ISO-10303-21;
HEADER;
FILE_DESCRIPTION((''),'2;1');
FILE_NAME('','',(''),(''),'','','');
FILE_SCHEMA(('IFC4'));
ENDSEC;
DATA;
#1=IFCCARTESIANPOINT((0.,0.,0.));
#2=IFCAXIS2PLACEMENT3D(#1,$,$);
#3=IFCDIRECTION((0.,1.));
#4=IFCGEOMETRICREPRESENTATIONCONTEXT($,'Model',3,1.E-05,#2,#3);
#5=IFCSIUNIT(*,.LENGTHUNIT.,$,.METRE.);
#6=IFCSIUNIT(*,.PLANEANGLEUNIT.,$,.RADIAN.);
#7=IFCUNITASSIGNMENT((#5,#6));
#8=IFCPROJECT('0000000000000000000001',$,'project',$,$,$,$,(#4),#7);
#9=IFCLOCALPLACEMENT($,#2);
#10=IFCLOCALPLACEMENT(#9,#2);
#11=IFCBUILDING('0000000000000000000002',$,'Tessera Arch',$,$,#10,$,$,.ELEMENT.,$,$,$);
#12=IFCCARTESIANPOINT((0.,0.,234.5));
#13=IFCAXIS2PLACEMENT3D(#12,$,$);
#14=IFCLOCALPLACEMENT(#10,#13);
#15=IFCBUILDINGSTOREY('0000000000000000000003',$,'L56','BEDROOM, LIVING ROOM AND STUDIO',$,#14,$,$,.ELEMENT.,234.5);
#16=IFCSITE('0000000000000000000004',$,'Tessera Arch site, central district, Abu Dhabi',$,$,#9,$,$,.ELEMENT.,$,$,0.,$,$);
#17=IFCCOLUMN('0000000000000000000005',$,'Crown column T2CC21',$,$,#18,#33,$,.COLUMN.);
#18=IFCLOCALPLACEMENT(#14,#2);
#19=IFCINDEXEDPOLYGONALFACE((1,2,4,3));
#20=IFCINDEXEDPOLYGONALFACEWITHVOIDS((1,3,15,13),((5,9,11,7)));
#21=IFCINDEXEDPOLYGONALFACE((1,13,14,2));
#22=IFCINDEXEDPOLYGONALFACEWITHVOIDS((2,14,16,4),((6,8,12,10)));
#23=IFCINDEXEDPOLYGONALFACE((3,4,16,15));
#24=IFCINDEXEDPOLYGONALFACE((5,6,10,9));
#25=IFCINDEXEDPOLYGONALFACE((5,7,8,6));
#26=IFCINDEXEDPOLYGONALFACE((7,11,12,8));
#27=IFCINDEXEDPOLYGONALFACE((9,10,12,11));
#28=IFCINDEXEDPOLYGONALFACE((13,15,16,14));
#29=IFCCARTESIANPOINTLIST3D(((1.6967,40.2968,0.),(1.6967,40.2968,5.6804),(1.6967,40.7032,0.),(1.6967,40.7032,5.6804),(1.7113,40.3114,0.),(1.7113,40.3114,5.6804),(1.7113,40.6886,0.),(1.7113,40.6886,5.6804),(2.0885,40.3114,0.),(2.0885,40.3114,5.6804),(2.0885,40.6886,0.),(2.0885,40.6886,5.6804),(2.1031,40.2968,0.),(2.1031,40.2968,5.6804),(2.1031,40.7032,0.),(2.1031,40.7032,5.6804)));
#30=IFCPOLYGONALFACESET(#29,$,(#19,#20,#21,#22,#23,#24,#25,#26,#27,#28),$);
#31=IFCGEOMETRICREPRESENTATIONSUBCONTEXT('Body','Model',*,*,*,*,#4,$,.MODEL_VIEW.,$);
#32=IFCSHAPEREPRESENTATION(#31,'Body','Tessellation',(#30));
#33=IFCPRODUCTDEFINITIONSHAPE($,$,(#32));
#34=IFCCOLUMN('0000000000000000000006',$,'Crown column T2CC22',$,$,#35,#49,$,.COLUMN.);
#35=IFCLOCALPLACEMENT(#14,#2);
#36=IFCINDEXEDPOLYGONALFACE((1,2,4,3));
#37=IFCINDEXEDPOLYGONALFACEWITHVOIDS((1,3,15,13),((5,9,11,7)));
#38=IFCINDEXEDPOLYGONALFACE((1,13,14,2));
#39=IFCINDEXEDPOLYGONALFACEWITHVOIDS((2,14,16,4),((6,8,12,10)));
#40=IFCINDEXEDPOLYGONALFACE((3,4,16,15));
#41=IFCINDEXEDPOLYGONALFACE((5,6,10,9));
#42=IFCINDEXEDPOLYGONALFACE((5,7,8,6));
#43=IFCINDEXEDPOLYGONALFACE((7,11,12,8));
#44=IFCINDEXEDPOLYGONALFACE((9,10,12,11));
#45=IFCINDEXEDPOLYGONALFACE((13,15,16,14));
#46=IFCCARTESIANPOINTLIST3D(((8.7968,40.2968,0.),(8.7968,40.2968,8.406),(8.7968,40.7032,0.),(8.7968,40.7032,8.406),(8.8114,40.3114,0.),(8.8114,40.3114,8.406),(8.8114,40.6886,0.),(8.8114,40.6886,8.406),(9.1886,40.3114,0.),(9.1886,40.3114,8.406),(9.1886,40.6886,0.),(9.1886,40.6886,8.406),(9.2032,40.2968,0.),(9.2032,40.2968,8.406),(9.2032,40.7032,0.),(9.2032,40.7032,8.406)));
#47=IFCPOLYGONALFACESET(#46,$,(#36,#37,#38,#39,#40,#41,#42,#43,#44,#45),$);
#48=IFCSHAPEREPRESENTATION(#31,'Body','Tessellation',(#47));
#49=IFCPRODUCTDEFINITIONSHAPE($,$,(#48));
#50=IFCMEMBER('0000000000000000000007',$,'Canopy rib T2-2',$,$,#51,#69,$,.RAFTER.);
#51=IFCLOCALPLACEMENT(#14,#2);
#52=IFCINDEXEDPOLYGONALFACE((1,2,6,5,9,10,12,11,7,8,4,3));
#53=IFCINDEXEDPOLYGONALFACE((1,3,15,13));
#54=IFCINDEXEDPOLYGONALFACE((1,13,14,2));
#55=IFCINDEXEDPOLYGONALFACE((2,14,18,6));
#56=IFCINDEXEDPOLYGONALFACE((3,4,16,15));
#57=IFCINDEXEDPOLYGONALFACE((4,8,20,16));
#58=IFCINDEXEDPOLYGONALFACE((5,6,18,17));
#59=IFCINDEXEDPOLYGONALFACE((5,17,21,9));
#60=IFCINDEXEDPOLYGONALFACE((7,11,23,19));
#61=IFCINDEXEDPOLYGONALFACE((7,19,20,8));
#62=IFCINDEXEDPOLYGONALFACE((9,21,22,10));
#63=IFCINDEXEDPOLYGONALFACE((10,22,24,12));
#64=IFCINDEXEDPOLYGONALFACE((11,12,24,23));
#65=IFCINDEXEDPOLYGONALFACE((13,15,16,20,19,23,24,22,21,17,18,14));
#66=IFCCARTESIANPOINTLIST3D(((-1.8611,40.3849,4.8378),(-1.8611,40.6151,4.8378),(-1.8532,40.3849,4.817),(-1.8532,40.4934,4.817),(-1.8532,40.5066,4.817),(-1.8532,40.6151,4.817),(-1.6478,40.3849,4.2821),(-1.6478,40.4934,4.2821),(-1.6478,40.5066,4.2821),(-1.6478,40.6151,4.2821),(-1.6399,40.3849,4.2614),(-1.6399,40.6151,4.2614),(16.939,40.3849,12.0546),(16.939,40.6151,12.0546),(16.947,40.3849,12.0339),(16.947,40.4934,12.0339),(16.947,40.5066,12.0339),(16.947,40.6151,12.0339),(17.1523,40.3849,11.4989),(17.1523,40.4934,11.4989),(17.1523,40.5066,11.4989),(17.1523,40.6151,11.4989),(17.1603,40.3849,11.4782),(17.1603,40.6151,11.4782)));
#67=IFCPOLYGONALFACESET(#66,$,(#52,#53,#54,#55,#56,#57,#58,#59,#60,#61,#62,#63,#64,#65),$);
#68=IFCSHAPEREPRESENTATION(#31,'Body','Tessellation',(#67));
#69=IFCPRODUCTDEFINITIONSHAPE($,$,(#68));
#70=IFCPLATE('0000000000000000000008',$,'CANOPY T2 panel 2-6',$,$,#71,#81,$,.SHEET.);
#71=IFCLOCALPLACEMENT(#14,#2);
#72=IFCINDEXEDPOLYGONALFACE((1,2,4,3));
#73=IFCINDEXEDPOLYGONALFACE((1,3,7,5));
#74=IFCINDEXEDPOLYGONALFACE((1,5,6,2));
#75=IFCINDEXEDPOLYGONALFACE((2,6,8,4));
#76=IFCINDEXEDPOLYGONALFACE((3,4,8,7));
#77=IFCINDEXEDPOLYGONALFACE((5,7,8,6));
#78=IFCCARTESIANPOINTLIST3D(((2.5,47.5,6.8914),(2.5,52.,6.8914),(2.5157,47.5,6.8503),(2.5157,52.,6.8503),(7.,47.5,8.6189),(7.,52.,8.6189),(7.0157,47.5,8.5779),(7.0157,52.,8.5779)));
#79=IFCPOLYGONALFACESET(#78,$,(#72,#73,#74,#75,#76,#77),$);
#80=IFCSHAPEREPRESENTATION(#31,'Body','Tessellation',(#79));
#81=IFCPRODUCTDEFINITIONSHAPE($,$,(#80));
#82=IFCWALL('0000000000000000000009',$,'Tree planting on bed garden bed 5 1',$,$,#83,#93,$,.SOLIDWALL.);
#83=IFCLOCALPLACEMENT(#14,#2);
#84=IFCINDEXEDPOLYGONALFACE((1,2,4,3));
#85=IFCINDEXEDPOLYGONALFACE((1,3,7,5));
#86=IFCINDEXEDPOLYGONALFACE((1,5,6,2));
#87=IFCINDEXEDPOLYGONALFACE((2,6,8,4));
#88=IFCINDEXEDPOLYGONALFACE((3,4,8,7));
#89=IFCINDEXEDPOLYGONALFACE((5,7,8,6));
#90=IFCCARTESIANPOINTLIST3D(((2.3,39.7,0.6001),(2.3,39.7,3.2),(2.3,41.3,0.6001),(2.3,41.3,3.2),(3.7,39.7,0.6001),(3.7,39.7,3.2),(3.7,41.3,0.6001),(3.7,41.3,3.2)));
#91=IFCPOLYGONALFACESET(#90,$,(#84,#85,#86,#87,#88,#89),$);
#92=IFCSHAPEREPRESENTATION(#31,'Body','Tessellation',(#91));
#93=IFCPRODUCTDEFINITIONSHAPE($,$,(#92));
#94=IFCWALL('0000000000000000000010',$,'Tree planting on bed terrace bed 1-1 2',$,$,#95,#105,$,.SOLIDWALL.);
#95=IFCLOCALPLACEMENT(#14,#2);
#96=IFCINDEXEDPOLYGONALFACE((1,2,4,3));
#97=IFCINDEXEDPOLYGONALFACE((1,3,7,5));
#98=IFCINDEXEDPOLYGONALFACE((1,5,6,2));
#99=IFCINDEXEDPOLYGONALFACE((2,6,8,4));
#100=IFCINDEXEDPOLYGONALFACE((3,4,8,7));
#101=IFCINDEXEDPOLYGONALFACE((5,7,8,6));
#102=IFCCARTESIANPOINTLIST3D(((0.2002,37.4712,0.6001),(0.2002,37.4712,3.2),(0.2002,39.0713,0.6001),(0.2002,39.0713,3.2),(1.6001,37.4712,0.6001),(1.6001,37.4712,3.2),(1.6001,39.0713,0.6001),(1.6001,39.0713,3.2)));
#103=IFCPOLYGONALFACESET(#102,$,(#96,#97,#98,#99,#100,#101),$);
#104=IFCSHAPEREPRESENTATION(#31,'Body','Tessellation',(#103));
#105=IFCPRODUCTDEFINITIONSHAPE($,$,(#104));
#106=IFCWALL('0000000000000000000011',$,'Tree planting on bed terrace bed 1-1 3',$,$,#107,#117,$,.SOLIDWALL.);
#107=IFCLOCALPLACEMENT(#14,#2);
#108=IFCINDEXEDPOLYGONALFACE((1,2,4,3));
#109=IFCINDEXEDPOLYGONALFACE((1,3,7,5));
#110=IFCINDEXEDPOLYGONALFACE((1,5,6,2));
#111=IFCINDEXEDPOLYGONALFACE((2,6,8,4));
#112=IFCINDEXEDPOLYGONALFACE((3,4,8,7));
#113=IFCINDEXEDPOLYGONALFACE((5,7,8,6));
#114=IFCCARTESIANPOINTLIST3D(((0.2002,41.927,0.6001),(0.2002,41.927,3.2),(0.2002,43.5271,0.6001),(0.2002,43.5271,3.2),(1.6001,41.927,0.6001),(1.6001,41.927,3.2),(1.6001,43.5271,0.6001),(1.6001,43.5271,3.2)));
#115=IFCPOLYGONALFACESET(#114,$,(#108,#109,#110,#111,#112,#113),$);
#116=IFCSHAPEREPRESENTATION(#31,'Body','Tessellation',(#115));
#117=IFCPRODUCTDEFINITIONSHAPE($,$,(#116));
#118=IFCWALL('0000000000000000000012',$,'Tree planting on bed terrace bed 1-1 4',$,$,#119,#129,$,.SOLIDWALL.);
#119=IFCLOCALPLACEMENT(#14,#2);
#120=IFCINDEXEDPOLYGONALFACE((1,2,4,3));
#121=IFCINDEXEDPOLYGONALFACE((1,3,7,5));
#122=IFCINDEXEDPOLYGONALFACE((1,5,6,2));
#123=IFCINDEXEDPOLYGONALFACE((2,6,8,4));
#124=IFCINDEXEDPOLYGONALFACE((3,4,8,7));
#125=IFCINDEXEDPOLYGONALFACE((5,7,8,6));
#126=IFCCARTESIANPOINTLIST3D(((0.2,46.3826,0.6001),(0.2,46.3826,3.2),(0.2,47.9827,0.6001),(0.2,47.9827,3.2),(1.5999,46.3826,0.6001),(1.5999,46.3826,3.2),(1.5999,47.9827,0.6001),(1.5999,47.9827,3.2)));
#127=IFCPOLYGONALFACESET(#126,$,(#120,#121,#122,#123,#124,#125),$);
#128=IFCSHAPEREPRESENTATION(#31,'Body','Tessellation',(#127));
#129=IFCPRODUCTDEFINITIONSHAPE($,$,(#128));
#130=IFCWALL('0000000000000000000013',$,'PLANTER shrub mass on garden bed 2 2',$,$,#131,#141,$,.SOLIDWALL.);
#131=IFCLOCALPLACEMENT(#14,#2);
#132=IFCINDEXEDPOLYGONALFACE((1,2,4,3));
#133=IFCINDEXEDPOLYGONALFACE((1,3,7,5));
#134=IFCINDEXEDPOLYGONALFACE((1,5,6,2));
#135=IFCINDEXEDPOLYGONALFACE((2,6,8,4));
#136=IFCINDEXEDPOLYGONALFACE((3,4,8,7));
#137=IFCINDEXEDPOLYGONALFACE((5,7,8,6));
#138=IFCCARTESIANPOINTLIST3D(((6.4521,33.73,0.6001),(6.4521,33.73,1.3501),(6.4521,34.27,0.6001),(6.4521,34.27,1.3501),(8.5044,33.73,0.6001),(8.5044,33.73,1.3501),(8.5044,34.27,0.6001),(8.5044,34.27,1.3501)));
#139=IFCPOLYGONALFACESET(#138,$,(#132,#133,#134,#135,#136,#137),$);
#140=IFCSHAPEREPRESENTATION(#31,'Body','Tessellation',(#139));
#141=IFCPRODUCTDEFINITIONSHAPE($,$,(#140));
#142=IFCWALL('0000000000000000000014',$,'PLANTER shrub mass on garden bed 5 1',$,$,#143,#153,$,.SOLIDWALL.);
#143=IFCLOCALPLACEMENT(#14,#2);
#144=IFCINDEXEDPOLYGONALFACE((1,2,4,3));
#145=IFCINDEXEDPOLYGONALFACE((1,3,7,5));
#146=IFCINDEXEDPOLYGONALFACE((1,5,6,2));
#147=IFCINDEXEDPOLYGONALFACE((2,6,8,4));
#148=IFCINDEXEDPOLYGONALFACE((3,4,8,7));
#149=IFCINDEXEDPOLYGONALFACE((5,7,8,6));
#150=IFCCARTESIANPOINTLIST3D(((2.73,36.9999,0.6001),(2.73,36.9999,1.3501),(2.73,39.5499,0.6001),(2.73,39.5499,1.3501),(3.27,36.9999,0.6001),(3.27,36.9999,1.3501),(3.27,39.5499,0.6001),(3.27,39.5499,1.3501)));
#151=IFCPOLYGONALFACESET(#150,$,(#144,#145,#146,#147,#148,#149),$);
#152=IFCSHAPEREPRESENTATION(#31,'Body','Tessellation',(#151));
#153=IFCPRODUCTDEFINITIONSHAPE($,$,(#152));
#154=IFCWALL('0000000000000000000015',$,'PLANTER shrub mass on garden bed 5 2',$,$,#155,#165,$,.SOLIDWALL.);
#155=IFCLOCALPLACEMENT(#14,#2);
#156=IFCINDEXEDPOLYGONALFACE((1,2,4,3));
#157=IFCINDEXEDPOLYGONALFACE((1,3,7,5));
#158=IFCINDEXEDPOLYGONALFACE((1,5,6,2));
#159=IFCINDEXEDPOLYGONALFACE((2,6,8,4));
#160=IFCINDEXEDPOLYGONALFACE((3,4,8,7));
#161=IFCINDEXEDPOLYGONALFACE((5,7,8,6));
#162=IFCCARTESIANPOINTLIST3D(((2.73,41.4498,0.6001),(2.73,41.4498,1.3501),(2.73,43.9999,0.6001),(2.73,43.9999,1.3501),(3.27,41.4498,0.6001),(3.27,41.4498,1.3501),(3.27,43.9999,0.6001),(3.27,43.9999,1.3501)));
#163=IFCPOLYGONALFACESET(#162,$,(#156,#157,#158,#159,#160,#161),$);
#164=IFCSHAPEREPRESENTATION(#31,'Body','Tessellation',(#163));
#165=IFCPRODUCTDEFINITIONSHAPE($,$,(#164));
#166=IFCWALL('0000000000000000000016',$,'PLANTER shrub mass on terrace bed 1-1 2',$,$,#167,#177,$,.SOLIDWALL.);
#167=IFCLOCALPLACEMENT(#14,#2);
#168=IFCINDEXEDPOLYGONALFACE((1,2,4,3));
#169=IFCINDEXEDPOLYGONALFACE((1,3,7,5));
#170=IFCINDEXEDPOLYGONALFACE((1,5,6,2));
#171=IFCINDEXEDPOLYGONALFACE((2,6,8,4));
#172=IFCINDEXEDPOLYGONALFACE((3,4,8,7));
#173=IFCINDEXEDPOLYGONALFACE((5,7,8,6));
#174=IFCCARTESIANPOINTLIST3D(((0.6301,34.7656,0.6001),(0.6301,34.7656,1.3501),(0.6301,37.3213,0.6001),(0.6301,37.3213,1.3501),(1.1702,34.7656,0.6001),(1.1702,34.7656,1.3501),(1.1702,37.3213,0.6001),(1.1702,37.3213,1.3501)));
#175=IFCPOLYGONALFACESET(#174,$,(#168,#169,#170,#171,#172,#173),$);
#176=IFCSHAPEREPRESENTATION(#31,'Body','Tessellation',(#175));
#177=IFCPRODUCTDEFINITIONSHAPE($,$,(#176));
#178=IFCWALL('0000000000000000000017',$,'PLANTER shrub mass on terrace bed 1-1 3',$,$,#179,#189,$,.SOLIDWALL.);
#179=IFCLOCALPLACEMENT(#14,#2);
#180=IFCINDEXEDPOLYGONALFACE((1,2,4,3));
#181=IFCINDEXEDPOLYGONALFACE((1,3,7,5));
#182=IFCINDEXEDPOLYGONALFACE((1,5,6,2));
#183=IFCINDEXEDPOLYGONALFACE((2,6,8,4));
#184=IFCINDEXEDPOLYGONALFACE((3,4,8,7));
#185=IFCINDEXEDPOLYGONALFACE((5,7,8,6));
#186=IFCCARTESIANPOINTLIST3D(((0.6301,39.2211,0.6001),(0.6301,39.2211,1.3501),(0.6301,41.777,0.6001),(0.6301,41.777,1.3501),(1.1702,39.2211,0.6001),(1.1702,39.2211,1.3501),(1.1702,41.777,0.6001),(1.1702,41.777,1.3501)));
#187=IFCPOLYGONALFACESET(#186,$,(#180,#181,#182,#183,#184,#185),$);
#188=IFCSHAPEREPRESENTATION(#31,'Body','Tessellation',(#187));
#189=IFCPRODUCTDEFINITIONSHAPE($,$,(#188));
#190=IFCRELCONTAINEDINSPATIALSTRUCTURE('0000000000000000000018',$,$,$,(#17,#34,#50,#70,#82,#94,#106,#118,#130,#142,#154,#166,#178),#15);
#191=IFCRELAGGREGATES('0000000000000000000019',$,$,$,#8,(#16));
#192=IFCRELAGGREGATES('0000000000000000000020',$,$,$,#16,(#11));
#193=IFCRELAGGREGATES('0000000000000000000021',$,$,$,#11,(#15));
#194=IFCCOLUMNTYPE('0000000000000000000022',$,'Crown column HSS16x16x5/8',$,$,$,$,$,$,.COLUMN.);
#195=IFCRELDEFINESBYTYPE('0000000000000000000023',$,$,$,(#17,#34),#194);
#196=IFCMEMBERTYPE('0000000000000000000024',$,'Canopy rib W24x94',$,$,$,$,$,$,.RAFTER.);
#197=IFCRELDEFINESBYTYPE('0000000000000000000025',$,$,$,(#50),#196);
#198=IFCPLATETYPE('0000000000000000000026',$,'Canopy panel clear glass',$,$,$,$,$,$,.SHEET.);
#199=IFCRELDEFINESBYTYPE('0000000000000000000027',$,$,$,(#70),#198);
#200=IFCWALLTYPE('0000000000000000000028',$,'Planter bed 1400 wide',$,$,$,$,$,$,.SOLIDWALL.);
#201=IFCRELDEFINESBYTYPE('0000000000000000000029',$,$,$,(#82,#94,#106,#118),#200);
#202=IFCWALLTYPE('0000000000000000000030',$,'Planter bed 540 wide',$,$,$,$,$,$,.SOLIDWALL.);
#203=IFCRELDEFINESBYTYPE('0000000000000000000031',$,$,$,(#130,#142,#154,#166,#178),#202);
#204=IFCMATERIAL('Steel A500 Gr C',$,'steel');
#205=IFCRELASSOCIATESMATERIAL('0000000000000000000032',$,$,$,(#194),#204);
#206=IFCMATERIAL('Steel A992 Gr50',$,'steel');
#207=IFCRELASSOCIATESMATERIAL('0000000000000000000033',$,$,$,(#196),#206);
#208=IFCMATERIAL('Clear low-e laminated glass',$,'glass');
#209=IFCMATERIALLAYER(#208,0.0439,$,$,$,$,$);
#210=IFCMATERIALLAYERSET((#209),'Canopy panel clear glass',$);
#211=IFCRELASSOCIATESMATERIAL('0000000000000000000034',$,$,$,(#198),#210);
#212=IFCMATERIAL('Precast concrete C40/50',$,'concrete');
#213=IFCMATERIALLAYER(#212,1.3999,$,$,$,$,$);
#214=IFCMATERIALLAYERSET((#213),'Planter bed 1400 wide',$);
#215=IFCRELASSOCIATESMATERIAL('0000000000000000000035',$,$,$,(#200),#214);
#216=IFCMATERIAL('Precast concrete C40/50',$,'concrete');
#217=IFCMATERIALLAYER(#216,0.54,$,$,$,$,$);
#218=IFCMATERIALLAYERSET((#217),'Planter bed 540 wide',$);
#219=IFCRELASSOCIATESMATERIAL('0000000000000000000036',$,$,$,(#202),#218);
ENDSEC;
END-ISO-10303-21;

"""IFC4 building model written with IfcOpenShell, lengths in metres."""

from ifc_helpers import new_model, si_unit, direction, frame, frame_2d, origin, origin_2d, place, context, subcontext, project, spatial, polyline, rectangle, hollow_rectangle, i_section, outline, extrude, material, layer, layer_set, material_profile, profile_set, type_object, element, save


model = new_model("IFC4")

# Units and contexts
model_context = context("Model", 3, precision=1e-05, world=origin(), true_north=direction((0.0, 1.0)))
body_context = subcontext(model_context, "Body", "Model", "MODEL_VIEW")
ifc_project = project(units=[si_unit("LENGTHUNIT", "METRE"), si_unit("PLANEANGLEUNIT", "RADIAN")], contexts=[model_context])

# Site, building, storey
site_placement = place(None, origin())
site = spatial("IfcSite", under=ifc_project, at=site_placement, Name="Tessera Arch site, central district, Abu Dhabi", CompositionType="ELEMENT", RefElevation=0.0)
building_placement = place(site_placement, origin())
building = spatial("IfcBuilding", under=site, at=building_placement, Name="Tessera Arch", CompositionType="ELEMENT")
storey_placement = place(building_placement, frame((0.0, 0.0, 234.5)))
storey = spatial("IfcBuildingStorey", under=building, at=storey_placement, Name="L56", Description="BEDROOM, LIVING ROOM AND STUDIO", CompositionType="ELEMENT", Elevation=234.5)

# Columns
ifc_material_1 = material(Name="Steel A500 Gr C", Category="steel")
ifc_material_profile_1 = material_profile(ifc_material_1, hollow_rectangle(XDim=0.4065, YDim=0.4065, WallThickness=0.0146, at=origin_2d()), Name="HSS16x16x5/8")
ifc_profile_set_1 = profile_set([ifc_material_profile_1], Name="Steel A500 Gr C")
column_type = type_object("IfcColumnType", Name="Crown column HSS16x16x5/8", PredefinedType="COLUMN", material=ifc_profile_set_1)
column_1_placement = place(storey_placement, frame((1.8999, 40.5, 0.0), z_axis=(0.0, 0.0, 1.0), x_axis=(1.0, 0.0, 0.0)))
element("IfcColumn", 1, at=column_1_placement, inside=storey, type_object=column_type, Name="Crown column T2CC21", PredefinedType="COLUMN", context=body_context, shape_type="SweptSolid", body=[
    extrude(hollow_rectangle(XDim=0.4065, YDim=0.4065, WallThickness=0.0146, at=origin_2d()), origin(), (0.0, 0.0, 1.0), 5.6804),
])
column_2_placement = place(storey_placement, frame((9.0, 40.5, 0.0), z_axis=(0.0, 0.0, 1.0), x_axis=(1.0, 0.0, 0.0)))
element("IfcColumn", 2, at=column_2_placement, inside=storey, type_object=column_type, Name="Crown column T2CC22", PredefinedType="COLUMN", context=body_context, shape_type="SweptSolid", body=[
    extrude(hollow_rectangle(XDim=0.4065, YDim=0.4065, WallThickness=0.0146, at=origin_2d()), origin(), (0.0, 0.0, 1.0), 8.406),
])

# Member
ifc_material_2 = material(Name="Steel A992 Gr50", Category="steel")
ifc_material_profile_2 = material_profile(ifc_material_2, i_section(OverallWidth=0.2302, OverallDepth=0.6174, WebThickness=0.0132, FlangeThickness=0.0222, at=origin_2d()), Name="W24x94")
ifc_profile_set_2 = profile_set([ifc_material_profile_2], Name="Steel A992 Gr50")
member_type = type_object("IfcMemberType", Name="Canopy rib W24x94", PredefinedType="RAFTER", material=ifc_profile_set_2)
member_placement = place(storey_placement, frame((-1.7505, 40.5, 4.5496), z_axis=(0.933578, 0.0, 0.358374), x_axis=(0.0, 1.0, 0.0)))
element("IfcMember", 3, at=member_placement, inside=storey, type_object=member_type, Name="Canopy rib T2-2", PredefinedType="RAFTER", context=body_context, shape_type="SweptSolid", body=[
    extrude(i_section(OverallWidth=0.2302, OverallDepth=0.6174, WebThickness=0.0132, FlangeThickness=0.0222, at=origin_2d()), origin(), (0.0, 0.0, 1.0), 20.1377),
])

# Plate
ifc_material_3 = material(Name="Clear low-e laminated glass", Category="glass")
ifc_layer_1 = layer(ifc_material_3, 0.0439)
ifc_layer_set_1 = layer_set([ifc_layer_1], Name="Canopy panel clear glass")
plate_type = type_object("IfcPlateType", Name="Canopy panel clear glass", PredefinedType="SHEET", material=ifc_layer_set_1)
plate_placement = place(storey_placement, frame((7.0, 47.5, 8.6189), z_axis=(-0.358395, 0.0, 0.93357), x_axis=(0.0, 1.0, 0.0)))
element("IfcPlate", 4, at=plate_placement, inside=storey, type_object=plate_type, Name="CANOPY T2 panel 2-6", PredefinedType="SHEET", context=body_context, shape_type="SweptSolid", body=[
    extrude(outline(polyline([(0.0, 0.0), (4.5, 0.0), (4.5, 4.8202), (0.0, 4.8202), (0.0, 0.0)])), origin(), (0.0, 0.0, -1.0), 0.0439),
])

# Walls
ifc_material_4 = material(Name="Precast concrete C40/50", Category="concrete")
ifc_layer_2 = layer(ifc_material_4, 1.3999)
ifc_layer_set_2 = layer_set([ifc_layer_2], Name="Planter bed 1400 wide")
wall_type_1 = type_object("IfcWallType", Name="Planter bed 1400 wide", PredefinedType="SOLIDWALL", material=ifc_layer_set_2)
for number, where, z_axis, x_axis, name in (
    (5, (3.0, 39.7, 0.6001), (0.0, 0.0, 1.0), (0.0, 1.0, 0.0), "Tree planting on bed garden bed 5 1"),
    (6, (0.9001, 37.4712, 0.6001), (0.0, 0.0, 1.0), (0.0, 1.0, 0.0), "Tree planting on bed terrace bed 1-1 2"),
    (7, (0.9001, 41.927, 0.6001), (0.0, 0.0, 1.0), (0.0, 1.0, 0.0), "Tree planting on bed terrace bed 1-1 3"),
    (8, (0.8999, 46.3826, 0.6001), (0.0, 0.0, 1.0), (0.0, 1.0, 0.0), "Tree planting on bed terrace bed 1-1 4"),
):
    element("IfcWall", number, at=place(storey_placement, frame(where, z_axis=z_axis, x_axis=x_axis)), inside=storey, type_object=wall_type_1, Name=name, PredefinedType="SOLIDWALL", context=body_context, shape_type="SweptSolid", body=[
        extrude(rectangle(XDim=1.6001, YDim=1.3999, at=frame_2d((0.8, 0.0))), origin(), (0.0, 0.0, 1.0), 2.5999),
    ])
ifc_material_5 = material(Name="Precast concrete C40/50", Category="concrete")
ifc_layer_3 = layer(ifc_material_5, 0.54)
ifc_layer_set_3 = layer_set([ifc_layer_3], Name="Planter bed 540 wide")
wall_type_2 = type_object("IfcWallType", Name="Planter bed 540 wide", PredefinedType="SOLIDWALL", material=ifc_layer_set_3)
wall_1_placement = place(storey_placement, frame((6.4521, 34.0, 0.6001), z_axis=(0.0, 0.0, 1.0), x_axis=(1.0, 0.0, 0.0)))
element("IfcWall", 9, at=wall_1_placement, inside=storey, type_object=wall_type_2, Name="PLANTER shrub mass on garden bed 2 2", PredefinedType="SOLIDWALL", context=body_context, shape_type="SweptSolid", body=[
    extrude(rectangle(XDim=2.0522, YDim=0.54, at=frame_2d((1.0261, 0.0))), origin(), (0.0, 0.0, 1.0), 0.75),
])
for number, where, z_axis, x_axis, name in (
    (10, (3.0, 37.0, 0.6001), (0.0, 0.0, 1.0), (0.0, 1.0, 0.0), "PLANTER shrub mass on garden bed 5 1"),
    (11, (3.0, 41.45, 0.6001), (0.0, 0.0, 1.0), (0.0, 1.0, 0.0), "PLANTER shrub mass on garden bed 5 2"),
):
    element("IfcWall", number, at=place(storey_placement, frame(where, z_axis=z_axis, x_axis=x_axis)), inside=storey, type_object=wall_type_2, Name=name, PredefinedType="SOLIDWALL", context=body_context, shape_type="SweptSolid", body=[
        extrude(rectangle(XDim=2.55, YDim=0.54, at=frame_2d((1.2749, 0.0))), origin(), (0.0, 0.0, 1.0), 0.75),
    ])
wall_2_placement = place(storey_placement, frame((0.9001, 34.7656, 0.6001), z_axis=(0.0, 0.0, 1.0), x_axis=(0.0, 1.0, 0.0)))
element("IfcWall", 12, at=wall_2_placement, inside=storey, type_object=wall_type_2, Name="PLANTER shrub mass on terrace bed 1-1 2", PredefinedType="SOLIDWALL", context=body_context, shape_type="SweptSolid", body=[
    extrude(rectangle(XDim=2.5557, YDim=0.54, at=frame_2d((1.2778, 0.0))), origin(), (0.0, 0.0, 1.0), 0.75),
])
wall_3_placement = place(storey_placement, frame((0.9001, 39.2212, 0.6001), z_axis=(0.0, 0.0, 1.0), x_axis=(0.0, 1.0, 0.0)))
element("IfcWall", 13, at=wall_3_placement, inside=storey, type_object=wall_type_2, Name="PLANTER shrub mass on terrace bed 1-1 3", PredefinedType="SOLIDWALL", context=body_context, shape_type="SweptSolid", body=[
    extrude(rectangle(XDim=2.5559, YDim=0.54, at=frame_2d((1.2778, 0.0))), origin(), (0.0, 0.0, 1.0), 0.75),
])

save(model, "model.ifc")
